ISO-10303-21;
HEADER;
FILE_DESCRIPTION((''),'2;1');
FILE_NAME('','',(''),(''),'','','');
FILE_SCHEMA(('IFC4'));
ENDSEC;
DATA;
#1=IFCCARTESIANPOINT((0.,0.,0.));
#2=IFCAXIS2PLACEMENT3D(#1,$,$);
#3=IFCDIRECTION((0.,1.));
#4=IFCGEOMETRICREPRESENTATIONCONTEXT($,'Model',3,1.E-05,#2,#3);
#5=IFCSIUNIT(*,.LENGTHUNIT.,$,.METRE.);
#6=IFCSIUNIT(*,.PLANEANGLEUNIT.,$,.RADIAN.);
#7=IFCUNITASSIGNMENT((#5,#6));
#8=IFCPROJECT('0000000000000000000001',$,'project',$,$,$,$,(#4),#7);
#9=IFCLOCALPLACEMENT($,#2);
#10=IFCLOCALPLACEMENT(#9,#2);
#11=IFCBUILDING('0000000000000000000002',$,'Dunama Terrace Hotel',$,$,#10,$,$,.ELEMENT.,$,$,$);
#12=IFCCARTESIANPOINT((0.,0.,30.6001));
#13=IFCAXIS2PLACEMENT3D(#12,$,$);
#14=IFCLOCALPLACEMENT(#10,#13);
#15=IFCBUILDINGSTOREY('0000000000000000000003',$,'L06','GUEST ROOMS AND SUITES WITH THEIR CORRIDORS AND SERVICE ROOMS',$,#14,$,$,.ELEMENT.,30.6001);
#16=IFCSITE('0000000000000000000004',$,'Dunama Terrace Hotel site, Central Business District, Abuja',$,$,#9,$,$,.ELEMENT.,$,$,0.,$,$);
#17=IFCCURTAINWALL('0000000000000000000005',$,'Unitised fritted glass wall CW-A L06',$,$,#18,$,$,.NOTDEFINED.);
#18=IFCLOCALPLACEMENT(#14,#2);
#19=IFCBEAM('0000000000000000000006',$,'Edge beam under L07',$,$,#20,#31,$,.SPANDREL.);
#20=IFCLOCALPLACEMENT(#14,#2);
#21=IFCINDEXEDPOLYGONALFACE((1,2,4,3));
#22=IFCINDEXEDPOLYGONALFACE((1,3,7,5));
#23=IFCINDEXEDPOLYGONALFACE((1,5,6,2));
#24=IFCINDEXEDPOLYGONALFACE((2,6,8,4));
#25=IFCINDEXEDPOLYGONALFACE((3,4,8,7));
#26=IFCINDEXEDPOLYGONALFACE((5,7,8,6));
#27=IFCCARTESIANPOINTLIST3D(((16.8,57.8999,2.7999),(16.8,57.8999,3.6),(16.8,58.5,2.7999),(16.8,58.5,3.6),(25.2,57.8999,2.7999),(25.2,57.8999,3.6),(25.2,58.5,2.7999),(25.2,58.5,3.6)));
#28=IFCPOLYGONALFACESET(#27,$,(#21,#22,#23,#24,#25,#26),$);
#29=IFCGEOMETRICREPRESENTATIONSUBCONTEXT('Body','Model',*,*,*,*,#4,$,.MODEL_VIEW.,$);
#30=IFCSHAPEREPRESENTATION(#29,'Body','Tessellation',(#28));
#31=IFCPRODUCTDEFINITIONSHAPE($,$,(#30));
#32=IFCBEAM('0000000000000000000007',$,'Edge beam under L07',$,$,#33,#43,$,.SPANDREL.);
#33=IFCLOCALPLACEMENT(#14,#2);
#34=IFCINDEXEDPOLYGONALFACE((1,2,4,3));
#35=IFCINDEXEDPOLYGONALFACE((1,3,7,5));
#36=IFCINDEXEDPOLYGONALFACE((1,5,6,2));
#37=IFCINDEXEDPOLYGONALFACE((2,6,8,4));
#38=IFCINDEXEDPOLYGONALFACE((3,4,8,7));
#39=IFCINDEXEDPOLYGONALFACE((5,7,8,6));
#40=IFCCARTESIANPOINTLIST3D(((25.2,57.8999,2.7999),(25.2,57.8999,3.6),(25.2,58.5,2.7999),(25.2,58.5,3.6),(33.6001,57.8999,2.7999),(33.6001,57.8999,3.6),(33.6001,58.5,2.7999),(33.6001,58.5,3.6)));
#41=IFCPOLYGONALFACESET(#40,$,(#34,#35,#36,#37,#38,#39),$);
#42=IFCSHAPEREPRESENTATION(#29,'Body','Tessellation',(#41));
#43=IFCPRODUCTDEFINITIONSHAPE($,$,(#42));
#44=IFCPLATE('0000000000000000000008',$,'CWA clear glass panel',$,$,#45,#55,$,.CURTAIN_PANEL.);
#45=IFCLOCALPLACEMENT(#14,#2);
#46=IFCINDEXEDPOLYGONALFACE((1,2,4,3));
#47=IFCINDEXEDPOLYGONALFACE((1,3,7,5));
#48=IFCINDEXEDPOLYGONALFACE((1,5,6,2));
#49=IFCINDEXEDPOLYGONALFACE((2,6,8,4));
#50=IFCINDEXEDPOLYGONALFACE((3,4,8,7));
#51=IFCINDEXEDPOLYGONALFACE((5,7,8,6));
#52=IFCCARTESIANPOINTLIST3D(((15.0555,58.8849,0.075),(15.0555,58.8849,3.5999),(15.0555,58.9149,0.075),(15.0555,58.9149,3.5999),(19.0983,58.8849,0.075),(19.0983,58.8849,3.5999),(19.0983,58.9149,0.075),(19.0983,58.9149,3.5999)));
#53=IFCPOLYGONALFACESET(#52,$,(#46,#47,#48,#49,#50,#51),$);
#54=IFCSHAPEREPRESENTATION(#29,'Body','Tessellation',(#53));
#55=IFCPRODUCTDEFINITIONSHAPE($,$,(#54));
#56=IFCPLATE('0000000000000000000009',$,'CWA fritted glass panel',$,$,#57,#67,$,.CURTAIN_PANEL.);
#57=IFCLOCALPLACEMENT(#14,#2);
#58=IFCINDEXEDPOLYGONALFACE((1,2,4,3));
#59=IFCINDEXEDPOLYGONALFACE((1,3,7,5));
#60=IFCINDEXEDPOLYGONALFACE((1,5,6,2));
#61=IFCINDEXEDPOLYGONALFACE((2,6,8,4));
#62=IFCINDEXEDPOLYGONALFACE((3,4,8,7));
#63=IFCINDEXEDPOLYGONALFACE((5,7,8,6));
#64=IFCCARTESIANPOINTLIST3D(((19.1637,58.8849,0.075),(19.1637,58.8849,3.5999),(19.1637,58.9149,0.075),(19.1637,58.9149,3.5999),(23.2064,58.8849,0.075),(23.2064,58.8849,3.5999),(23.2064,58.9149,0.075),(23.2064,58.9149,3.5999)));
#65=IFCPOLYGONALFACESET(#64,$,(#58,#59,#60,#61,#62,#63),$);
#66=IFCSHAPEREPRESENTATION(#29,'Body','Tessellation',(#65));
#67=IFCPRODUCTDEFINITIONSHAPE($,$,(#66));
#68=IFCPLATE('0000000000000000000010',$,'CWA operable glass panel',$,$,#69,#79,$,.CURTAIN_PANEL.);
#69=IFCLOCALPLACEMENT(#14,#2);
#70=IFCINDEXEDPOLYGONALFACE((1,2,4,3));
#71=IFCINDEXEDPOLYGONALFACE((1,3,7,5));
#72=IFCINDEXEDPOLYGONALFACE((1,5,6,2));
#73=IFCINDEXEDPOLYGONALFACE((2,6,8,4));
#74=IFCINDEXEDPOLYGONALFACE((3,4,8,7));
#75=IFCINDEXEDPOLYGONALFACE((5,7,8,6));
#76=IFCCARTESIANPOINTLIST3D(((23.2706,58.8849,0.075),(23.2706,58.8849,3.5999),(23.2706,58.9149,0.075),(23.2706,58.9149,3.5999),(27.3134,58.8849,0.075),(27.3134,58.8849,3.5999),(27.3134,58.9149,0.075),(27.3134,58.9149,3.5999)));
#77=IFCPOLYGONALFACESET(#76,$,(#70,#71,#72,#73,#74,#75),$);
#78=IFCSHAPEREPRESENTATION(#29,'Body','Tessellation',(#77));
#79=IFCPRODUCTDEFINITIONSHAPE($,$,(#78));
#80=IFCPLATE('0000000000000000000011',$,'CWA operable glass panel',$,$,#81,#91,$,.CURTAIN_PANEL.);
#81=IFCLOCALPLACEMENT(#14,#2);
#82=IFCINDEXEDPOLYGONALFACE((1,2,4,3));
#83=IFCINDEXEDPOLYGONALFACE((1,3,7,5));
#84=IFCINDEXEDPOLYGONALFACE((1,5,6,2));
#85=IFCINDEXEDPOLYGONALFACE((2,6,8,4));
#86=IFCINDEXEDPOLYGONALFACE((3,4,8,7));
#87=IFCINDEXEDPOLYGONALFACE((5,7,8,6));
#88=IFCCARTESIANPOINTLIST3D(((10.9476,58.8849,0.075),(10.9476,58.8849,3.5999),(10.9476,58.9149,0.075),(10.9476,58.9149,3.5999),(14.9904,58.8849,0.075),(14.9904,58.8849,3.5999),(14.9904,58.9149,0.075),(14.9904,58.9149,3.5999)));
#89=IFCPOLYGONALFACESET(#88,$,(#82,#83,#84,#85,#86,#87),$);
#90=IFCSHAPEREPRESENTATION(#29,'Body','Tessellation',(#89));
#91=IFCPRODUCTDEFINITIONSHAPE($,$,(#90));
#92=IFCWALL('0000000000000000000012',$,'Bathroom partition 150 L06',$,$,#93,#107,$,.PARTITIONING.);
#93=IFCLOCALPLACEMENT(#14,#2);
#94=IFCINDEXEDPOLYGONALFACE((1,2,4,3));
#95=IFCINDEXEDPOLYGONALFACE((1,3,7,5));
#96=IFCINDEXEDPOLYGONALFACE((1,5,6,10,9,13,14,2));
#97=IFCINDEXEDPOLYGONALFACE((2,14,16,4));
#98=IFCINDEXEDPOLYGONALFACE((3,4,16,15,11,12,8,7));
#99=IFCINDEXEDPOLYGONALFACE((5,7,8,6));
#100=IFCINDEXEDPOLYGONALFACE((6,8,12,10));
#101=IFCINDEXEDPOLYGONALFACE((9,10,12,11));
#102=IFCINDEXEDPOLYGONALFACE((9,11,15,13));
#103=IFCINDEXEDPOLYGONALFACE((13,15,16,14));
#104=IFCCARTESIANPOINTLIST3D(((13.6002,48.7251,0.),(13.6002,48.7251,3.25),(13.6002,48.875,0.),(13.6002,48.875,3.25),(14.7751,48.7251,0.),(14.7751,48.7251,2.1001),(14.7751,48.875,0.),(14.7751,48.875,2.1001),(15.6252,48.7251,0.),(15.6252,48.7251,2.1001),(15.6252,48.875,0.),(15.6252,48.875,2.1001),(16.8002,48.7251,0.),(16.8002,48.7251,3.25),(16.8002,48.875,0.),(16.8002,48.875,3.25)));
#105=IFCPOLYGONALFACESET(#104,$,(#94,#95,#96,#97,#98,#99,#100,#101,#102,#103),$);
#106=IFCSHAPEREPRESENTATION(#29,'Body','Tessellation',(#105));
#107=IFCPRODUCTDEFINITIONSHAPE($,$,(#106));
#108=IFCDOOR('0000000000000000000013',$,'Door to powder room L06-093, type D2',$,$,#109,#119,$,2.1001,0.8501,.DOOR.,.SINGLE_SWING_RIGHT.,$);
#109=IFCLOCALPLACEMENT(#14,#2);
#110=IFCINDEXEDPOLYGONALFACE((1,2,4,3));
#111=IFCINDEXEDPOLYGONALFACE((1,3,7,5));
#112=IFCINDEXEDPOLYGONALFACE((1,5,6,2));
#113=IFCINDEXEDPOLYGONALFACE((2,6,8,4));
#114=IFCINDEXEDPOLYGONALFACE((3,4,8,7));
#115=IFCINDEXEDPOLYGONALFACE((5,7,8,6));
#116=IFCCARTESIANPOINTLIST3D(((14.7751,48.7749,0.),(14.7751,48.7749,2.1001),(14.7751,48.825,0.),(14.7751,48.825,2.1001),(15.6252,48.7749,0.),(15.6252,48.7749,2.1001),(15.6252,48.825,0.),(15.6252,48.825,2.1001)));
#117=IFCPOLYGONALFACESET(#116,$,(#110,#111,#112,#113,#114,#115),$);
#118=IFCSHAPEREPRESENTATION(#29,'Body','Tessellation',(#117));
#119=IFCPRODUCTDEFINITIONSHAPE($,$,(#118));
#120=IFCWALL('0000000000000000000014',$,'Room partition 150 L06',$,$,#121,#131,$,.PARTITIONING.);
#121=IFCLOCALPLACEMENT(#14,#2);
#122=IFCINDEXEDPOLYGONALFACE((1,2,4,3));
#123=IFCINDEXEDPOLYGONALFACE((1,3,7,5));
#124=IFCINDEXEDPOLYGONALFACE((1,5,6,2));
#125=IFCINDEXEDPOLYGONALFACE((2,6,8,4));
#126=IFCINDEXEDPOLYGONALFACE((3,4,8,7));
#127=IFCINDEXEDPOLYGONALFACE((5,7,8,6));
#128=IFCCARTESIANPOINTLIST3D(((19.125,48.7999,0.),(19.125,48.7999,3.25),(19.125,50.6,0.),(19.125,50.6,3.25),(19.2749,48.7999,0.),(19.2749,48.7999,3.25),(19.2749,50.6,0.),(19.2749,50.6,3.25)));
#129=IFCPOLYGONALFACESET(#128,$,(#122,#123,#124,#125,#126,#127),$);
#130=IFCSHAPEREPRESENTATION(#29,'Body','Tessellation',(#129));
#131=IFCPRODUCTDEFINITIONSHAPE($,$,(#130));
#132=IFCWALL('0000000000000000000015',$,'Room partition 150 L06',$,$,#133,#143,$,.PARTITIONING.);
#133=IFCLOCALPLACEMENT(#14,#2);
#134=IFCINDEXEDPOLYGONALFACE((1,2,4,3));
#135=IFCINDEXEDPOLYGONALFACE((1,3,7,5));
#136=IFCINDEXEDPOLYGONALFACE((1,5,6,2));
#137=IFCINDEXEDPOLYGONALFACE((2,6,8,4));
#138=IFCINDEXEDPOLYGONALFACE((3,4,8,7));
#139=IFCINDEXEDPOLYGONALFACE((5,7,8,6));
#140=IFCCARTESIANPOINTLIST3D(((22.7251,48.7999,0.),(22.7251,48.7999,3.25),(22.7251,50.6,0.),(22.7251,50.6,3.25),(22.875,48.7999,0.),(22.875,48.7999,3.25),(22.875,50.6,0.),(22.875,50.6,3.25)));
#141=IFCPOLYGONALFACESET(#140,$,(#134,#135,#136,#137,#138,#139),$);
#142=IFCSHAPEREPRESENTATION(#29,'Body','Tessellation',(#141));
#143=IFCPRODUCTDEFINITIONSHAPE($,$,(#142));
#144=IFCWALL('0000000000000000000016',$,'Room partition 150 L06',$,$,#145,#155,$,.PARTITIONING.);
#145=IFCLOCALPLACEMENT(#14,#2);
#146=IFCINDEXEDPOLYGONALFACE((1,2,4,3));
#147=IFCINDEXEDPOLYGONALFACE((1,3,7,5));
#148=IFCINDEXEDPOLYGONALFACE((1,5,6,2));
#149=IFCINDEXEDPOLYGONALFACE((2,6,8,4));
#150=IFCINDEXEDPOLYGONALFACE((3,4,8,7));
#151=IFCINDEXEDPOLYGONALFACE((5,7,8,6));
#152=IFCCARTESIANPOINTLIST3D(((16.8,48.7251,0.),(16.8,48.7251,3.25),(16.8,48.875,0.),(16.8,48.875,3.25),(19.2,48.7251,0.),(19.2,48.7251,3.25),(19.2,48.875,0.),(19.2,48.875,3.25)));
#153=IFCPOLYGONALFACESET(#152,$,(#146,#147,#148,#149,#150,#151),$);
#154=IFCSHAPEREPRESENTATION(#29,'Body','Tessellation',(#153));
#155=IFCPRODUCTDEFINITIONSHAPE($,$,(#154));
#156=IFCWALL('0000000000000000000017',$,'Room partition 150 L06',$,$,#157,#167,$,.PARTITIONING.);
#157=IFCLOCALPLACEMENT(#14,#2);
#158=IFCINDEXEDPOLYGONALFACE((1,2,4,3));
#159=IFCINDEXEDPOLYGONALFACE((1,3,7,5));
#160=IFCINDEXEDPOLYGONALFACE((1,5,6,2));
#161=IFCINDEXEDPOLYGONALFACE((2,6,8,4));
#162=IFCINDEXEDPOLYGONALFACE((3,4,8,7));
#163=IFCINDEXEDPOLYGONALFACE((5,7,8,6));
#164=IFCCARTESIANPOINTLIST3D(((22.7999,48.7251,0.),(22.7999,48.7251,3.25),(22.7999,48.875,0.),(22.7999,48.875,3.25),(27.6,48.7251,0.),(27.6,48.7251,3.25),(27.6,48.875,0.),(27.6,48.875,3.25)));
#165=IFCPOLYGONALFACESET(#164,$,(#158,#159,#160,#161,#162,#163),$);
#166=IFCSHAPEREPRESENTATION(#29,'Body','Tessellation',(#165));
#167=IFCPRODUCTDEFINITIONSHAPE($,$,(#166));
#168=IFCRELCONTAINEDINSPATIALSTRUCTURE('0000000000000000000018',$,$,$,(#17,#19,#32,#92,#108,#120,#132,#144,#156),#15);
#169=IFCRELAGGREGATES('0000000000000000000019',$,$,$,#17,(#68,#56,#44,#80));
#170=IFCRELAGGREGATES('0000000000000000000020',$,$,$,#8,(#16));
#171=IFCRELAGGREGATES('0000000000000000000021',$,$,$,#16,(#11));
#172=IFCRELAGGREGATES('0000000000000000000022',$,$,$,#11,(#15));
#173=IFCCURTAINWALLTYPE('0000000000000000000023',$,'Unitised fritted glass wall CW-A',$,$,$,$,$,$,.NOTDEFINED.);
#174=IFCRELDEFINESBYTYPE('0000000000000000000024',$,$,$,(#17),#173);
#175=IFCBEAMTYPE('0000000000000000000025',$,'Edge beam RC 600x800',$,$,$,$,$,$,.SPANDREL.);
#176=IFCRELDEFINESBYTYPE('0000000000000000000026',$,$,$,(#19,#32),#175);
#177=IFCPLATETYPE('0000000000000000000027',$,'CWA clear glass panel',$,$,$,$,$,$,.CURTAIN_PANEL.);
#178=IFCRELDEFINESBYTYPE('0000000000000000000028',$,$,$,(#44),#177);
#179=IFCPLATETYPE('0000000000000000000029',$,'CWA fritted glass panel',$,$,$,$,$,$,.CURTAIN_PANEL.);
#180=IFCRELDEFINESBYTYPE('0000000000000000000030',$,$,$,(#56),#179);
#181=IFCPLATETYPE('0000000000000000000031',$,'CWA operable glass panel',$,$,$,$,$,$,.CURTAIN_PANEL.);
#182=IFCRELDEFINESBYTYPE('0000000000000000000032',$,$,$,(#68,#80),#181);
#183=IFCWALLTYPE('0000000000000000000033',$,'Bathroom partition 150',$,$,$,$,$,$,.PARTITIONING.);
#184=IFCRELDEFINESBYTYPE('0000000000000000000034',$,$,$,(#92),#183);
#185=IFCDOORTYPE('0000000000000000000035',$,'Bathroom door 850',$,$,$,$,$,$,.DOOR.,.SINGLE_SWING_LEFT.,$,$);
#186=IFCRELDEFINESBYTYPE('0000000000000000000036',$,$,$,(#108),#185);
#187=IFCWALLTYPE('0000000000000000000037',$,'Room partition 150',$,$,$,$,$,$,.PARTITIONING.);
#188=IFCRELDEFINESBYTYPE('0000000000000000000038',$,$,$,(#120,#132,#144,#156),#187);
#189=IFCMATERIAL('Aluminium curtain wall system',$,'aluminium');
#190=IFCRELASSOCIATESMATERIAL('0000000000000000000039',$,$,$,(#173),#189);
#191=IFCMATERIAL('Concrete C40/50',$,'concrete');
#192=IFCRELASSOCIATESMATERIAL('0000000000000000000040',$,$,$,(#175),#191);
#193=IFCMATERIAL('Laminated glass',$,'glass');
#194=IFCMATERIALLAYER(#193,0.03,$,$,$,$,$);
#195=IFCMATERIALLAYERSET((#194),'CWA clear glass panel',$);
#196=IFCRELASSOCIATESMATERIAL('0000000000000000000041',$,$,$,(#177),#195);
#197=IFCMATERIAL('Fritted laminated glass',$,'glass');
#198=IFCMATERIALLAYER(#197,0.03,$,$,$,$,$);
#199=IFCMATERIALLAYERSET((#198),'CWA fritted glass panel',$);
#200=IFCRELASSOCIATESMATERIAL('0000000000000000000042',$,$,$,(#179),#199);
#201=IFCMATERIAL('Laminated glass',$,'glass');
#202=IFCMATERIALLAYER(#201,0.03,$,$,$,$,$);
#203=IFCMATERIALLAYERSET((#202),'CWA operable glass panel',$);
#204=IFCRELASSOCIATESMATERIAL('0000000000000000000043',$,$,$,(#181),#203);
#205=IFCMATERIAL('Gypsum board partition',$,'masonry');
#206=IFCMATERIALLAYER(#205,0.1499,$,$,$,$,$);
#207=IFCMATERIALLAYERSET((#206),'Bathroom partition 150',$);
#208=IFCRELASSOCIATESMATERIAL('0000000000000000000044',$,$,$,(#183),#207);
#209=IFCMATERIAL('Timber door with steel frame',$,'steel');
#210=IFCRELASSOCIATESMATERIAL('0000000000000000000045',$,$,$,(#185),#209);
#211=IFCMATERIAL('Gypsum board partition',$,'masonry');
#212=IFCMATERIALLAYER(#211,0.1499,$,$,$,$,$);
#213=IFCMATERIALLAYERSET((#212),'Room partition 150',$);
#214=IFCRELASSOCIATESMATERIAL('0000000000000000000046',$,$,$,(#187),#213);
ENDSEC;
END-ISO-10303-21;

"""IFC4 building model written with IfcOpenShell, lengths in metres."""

from ifc_helpers import new_model, si_unit, direction, frame, frame_2d, origin, origin_2d, place, context, subcontext, project, spatial, rectangle, extrude, material, layer, layer_set, material_profile, profile_set, type_object, element, fill, aggregate, save


model = new_model("IFC4")

# Units and contexts
model_context = context("Model", 3, precision=1e-05, world=origin(), true_north=direction((0.0, 1.0)))
body_context = subcontext(model_context, "Body", "Model", "MODEL_VIEW")
ifc_project = project(units=[si_unit("LENGTHUNIT", "METRE"), si_unit("PLANEANGLEUNIT", "RADIAN")], contexts=[model_context])

# Site, building, storey
site_placement = place(None, origin())
site = spatial("IfcSite", under=ifc_project, at=site_placement, Name="Dunama Terrace Hotel site, Central Business District, Abuja", CompositionType="ELEMENT", RefElevation=0.0)
building_placement = place(site_placement, origin())
building = spatial("IfcBuilding", under=site, at=building_placement, Name="Dunama Terrace Hotel", CompositionType="ELEMENT")
storey_placement = place(building_placement, frame((0.0, 0.0, 30.6001)))
storey = spatial("IfcBuildingStorey", under=building, at=storey_placement, Name="L06", Description="GUEST ROOMS AND SUITES WITH THEIR CORRIDORS AND SERVICE ROOMS", CompositionType="ELEMENT", Elevation=30.6001)

# Curtain wall
ifc_material_1 = material(Name="Aluminium curtain wall system", Category="aluminium")
curtain_wall_type = type_object("IfcCurtainWallType", Name="Unitised fritted glass wall CW-A", PredefinedType="NOTDEFINED", material=ifc_material_1)
curtain_wall_placement = place(storey_placement, origin())
curtain_wall = element("IfcCurtainWall", 1, at=curtain_wall_placement, inside=storey, type_object=curtain_wall_type, Name="Unitised fritted glass wall CW-A L06", PredefinedType="NOTDEFINED")

# Beams
ifc_material_2 = material(Name="Concrete C40/50", Category="concrete")
ifc_material_profile_1 = material_profile(ifc_material_2, rectangle(XDim=0.6001, YDim=0.8, at=origin_2d()), Name="RC 600x800")
ifc_profile_set_1 = profile_set([ifc_material_profile_1], Name="Concrete C40/50")
beam_type = type_object("IfcBeamType", Name="Edge beam RC 600x800", PredefinedType="SPANDREL", material=ifc_profile_set_1)
beam_1_placement = place(storey_placement, frame((16.8, 58.2, 3.2), z_axis=(1.0, 0.0, 0.0), x_axis=(0.0, 1.0, 0.0)))
element("IfcBeam", 2, at=beam_1_placement, inside=storey, type_object=beam_type, Name="Edge beam under L07", PredefinedType="SPANDREL", context=body_context, shape_type="SweptSolid", body=[
    extrude(rectangle(XDim=0.6001, YDim=0.8, at=origin_2d()), origin(), (0.0, 0.0, 1.0), 8.3999),
])
beam_2_placement = place(storey_placement, frame((25.2, 58.2, 3.2), z_axis=(1.0, 0.0, 0.0), x_axis=(0.0, 1.0, 0.0)))
element("IfcBeam", 3, at=beam_2_placement, inside=storey, type_object=beam_type, Name="Edge beam under L07", PredefinedType="SPANDREL", context=body_context, shape_type="SweptSolid", body=[
    extrude(rectangle(XDim=0.6001, YDim=0.8, at=origin_2d()), origin(), (0.0, 0.0, 1.0), 8.4001),
])

# Plates
ifc_material_3 = material(Name="Laminated glass", Category="glass")
ifc_layer_1 = layer(ifc_material_3, 0.03)
ifc_layer_set_1 = layer_set([ifc_layer_1], Name="CWA clear glass panel")
plate_type_1 = type_object("IfcPlateType", Name="CWA clear glass panel", PredefinedType="CURTAIN_PANEL", material=ifc_layer_set_1)
plate_1_placement = place(storey_placement, frame((17.0769, 58.8999, 0.075), z_axis=(0.0, 0.0, 1.0), x_axis=(-1.0, 0.0, 0.0)))
plate_1 = element("IfcPlate", 4, at=plate_1_placement, type_object=plate_type_1, Name="CWA clear glass panel", PredefinedType="CURTAIN_PANEL", context=body_context, shape_type="SweptSolid", body=[
    extrude(rectangle(XDim=4.0427, YDim=0.03, at=origin_2d()), origin(), (0.0, 0.0, 1.0), 3.5249),
])
ifc_material_4 = material(Name="Fritted laminated glass", Category="glass")
ifc_layer_2 = layer(ifc_material_4, 0.03)
ifc_layer_set_2 = layer_set([ifc_layer_2], Name="CWA fritted glass panel")
plate_type_2 = type_object("IfcPlateType", Name="CWA fritted glass panel", PredefinedType="CURTAIN_PANEL", material=ifc_layer_set_2)
plate_2_placement = place(storey_placement, frame((21.1851, 58.8999, 0.075), z_axis=(0.0, 0.0, 1.0), x_axis=(-1.0, 0.0, 0.0)))
plate_2 = element("IfcPlate", 5, at=plate_2_placement, type_object=plate_type_2, Name="CWA fritted glass panel", PredefinedType="CURTAIN_PANEL", context=body_context, shape_type="SweptSolid", body=[
    extrude(rectangle(XDim=4.0427, YDim=0.03, at=origin_2d()), origin(), (0.0, 0.0, 1.0), 3.5249),
])
ifc_material_5 = material(Name="Laminated glass", Category="glass")
ifc_layer_3 = layer(ifc_material_5, 0.03)
ifc_layer_set_3 = layer_set([ifc_layer_3], Name="CWA operable glass panel")
plate_type_3 = type_object("IfcPlateType", Name="CWA operable glass panel", PredefinedType="CURTAIN_PANEL", material=ifc_layer_set_3)
plate_3_placement = place(storey_placement, frame((25.292, 58.8999, 0.075), z_axis=(0.0, 0.0, 1.0), x_axis=(-1.0, 0.0, 0.0)))
plate_3 = element("IfcPlate", 6, at=plate_3_placement, type_object=plate_type_3, Name="CWA operable glass panel", PredefinedType="CURTAIN_PANEL", context=body_context, shape_type="SweptSolid", body=[
    extrude(rectangle(XDim=4.0427, YDim=0.03, at=origin_2d()), origin(), (0.0, 0.0, 1.0), 3.5249),
])
plate_4_placement = place(storey_placement, frame((12.969, 58.8999, 0.075), z_axis=(0.0, 0.0, 1.0), x_axis=(-1.0, 0.0, 0.0)))
plate_4 = element("IfcPlate", 7, at=plate_4_placement, type_object=plate_type_3, Name="CWA operable glass panel", PredefinedType="CURTAIN_PANEL", context=body_context, shape_type="SweptSolid", body=[
    extrude(rectangle(XDim=4.0427, YDim=0.03, at=origin_2d()), origin(), (0.0, 0.0, 1.0), 3.5249),
])
aggregate(curtain_wall, [plate_3, plate_2, plate_1, plate_4])

# Wall, opening, door
ifc_material_6 = material(Name="Gypsum board partition", Category="masonry")
ifc_layer_4 = layer(ifc_material_6, 0.1499)
ifc_layer_set_4 = layer_set([ifc_layer_4], Name="Bathroom partition 150")
wall_type_1 = type_object("IfcWallType", Name="Bathroom partition 150", PredefinedType="PARTITIONING", material=ifc_layer_set_4)
wall_1_placement = place(storey_placement, frame((13.6001, 48.8, 0.0), z_axis=(0.0, 0.0, 1.0), x_axis=(1.0, 0.0, 0.0)))
wall_1 = element("IfcWall", 8, at=wall_1_placement, inside=storey, type_object=wall_type_1, Name="Bathroom partition 150 L06", PredefinedType="PARTITIONING", context=body_context, shape_type="SweptSolid", body=[
    extrude(rectangle(XDim=3.2, YDim=0.1499, at=frame_2d((1.6001, 0.0))), origin(), (0.0, 0.0, 1.0), 3.25),
])
opening_1_placement = place(wall_1_placement, frame((1.175, 0.0, 0.0)))
opening_1 = element("IfcOpeningElement", 9, at=opening_1_placement, cuts=wall_1, PredefinedType="OPENING", context=body_context, shape_type="SweptSolid", body=[
    extrude(rectangle(XDim=0.8501, YDim=2.1001, at=frame_2d((0.425, 1.05))), frame((0.0, 0.085, 0.0), z_axis=(0.0, -1.0, 0.0), x_axis=(1.0, 0.0, 0.0)), (0.0, 0.0, 1.0), 0.1699),
])
ifc_material_7 = material(Name="Timber door with steel frame", Category="steel")
door_type_1 = type_object("IfcDoorType", Name="Bathroom door 850", OperationType="SINGLE_SWING_LEFT", PredefinedType="DOOR", material=ifc_material_7)
door_1_placement = place(opening_1_placement, frame((0.8501, 0.0, 0.0), z_axis=(0.0, 0.0, 1.0), x_axis=(-1.0, 0.0, 0.0)))
door_1 = element("IfcDoor", 10, at=door_1_placement, inside=storey, type_object=door_type_1, Name="Door to powder room L06-093, type D2", OperationType="SINGLE_SWING_RIGHT", OverallHeight=2.1001, OverallWidth=0.8501, PredefinedType="DOOR", context=body_context, shape_type="SweptSolid", body=[
    extrude(rectangle(XDim=0.8501, YDim=2.1001, at=frame_2d((0.425, 1.05))), frame((0.0, 0.0251, 0.0), z_axis=(0.0, -1.0, 0.0), x_axis=(1.0, 0.0, 0.0)), (0.0, 0.0, 1.0), 0.05),
])
fill(opening_1, door_1)

# Walls
ifc_material_8 = material(Name="Gypsum board partition", Category="masonry")
ifc_layer_5 = layer(ifc_material_8, 0.1499)
ifc_layer_set_5 = layer_set([ifc_layer_5], Name="Room partition 150")
wall_type_2 = type_object("IfcWallType", Name="Room partition 150", PredefinedType="PARTITIONING", material=ifc_layer_set_5)
for number, where, z_axis, x_axis, name in (
    (11, (19.2, 48.8, 0.0), (0.0, 0.0, 1.0), (0.0, 1.0, 0.0), "Room partition 150 L06"),
    (12, (22.8, 48.8, 0.0), (0.0, 0.0, 1.0), (0.0, 1.0, 0.0), "Room partition 150 L06"),
):
    element("IfcWall", number, at=place(storey_placement, frame(where, z_axis=z_axis, x_axis=x_axis)), inside=storey, type_object=wall_type_2, Name=name, PredefinedType="PARTITIONING", context=body_context, shape_type="SweptSolid", body=[
        extrude(rectangle(XDim=1.8, YDim=0.1499, at=frame_2d((0.8999, 0.0))), origin(), (0.0, 0.0, 1.0), 3.25),
    ])
wall_2_placement = place(storey_placement, frame((16.8, 48.8, 0.0), z_axis=(0.0, 0.0, 1.0), x_axis=(1.0, 0.0, 0.0)))
element("IfcWall", 13, at=wall_2_placement, inside=storey, type_object=wall_type_2, Name="Room partition 150 L06", PredefinedType="PARTITIONING", context=body_context, shape_type="SweptSolid", body=[
    extrude(rectangle(XDim=2.3999, YDim=0.1499, at=frame_2d((1.2, 0.0))), origin(), (0.0, 0.0, 1.0), 3.25),
])
wall_3_placement = place(storey_placement, frame((22.8, 48.8, 0.0), z_axis=(0.0, 0.0, 1.0), x_axis=(1.0, 0.0, 0.0)))
element("IfcWall", 14, at=wall_3_placement, inside=storey, type_object=wall_type_2, Name="Room partition 150 L06", PredefinedType="PARTITIONING", context=body_context, shape_type="SweptSolid", body=[
    extrude(rectangle(XDim=4.8, YDim=0.1499, at=frame_2d((2.3999, 0.0))), origin(), (0.0, 0.0, 1.0), 3.25),
])

save(model, "model.ifc")
